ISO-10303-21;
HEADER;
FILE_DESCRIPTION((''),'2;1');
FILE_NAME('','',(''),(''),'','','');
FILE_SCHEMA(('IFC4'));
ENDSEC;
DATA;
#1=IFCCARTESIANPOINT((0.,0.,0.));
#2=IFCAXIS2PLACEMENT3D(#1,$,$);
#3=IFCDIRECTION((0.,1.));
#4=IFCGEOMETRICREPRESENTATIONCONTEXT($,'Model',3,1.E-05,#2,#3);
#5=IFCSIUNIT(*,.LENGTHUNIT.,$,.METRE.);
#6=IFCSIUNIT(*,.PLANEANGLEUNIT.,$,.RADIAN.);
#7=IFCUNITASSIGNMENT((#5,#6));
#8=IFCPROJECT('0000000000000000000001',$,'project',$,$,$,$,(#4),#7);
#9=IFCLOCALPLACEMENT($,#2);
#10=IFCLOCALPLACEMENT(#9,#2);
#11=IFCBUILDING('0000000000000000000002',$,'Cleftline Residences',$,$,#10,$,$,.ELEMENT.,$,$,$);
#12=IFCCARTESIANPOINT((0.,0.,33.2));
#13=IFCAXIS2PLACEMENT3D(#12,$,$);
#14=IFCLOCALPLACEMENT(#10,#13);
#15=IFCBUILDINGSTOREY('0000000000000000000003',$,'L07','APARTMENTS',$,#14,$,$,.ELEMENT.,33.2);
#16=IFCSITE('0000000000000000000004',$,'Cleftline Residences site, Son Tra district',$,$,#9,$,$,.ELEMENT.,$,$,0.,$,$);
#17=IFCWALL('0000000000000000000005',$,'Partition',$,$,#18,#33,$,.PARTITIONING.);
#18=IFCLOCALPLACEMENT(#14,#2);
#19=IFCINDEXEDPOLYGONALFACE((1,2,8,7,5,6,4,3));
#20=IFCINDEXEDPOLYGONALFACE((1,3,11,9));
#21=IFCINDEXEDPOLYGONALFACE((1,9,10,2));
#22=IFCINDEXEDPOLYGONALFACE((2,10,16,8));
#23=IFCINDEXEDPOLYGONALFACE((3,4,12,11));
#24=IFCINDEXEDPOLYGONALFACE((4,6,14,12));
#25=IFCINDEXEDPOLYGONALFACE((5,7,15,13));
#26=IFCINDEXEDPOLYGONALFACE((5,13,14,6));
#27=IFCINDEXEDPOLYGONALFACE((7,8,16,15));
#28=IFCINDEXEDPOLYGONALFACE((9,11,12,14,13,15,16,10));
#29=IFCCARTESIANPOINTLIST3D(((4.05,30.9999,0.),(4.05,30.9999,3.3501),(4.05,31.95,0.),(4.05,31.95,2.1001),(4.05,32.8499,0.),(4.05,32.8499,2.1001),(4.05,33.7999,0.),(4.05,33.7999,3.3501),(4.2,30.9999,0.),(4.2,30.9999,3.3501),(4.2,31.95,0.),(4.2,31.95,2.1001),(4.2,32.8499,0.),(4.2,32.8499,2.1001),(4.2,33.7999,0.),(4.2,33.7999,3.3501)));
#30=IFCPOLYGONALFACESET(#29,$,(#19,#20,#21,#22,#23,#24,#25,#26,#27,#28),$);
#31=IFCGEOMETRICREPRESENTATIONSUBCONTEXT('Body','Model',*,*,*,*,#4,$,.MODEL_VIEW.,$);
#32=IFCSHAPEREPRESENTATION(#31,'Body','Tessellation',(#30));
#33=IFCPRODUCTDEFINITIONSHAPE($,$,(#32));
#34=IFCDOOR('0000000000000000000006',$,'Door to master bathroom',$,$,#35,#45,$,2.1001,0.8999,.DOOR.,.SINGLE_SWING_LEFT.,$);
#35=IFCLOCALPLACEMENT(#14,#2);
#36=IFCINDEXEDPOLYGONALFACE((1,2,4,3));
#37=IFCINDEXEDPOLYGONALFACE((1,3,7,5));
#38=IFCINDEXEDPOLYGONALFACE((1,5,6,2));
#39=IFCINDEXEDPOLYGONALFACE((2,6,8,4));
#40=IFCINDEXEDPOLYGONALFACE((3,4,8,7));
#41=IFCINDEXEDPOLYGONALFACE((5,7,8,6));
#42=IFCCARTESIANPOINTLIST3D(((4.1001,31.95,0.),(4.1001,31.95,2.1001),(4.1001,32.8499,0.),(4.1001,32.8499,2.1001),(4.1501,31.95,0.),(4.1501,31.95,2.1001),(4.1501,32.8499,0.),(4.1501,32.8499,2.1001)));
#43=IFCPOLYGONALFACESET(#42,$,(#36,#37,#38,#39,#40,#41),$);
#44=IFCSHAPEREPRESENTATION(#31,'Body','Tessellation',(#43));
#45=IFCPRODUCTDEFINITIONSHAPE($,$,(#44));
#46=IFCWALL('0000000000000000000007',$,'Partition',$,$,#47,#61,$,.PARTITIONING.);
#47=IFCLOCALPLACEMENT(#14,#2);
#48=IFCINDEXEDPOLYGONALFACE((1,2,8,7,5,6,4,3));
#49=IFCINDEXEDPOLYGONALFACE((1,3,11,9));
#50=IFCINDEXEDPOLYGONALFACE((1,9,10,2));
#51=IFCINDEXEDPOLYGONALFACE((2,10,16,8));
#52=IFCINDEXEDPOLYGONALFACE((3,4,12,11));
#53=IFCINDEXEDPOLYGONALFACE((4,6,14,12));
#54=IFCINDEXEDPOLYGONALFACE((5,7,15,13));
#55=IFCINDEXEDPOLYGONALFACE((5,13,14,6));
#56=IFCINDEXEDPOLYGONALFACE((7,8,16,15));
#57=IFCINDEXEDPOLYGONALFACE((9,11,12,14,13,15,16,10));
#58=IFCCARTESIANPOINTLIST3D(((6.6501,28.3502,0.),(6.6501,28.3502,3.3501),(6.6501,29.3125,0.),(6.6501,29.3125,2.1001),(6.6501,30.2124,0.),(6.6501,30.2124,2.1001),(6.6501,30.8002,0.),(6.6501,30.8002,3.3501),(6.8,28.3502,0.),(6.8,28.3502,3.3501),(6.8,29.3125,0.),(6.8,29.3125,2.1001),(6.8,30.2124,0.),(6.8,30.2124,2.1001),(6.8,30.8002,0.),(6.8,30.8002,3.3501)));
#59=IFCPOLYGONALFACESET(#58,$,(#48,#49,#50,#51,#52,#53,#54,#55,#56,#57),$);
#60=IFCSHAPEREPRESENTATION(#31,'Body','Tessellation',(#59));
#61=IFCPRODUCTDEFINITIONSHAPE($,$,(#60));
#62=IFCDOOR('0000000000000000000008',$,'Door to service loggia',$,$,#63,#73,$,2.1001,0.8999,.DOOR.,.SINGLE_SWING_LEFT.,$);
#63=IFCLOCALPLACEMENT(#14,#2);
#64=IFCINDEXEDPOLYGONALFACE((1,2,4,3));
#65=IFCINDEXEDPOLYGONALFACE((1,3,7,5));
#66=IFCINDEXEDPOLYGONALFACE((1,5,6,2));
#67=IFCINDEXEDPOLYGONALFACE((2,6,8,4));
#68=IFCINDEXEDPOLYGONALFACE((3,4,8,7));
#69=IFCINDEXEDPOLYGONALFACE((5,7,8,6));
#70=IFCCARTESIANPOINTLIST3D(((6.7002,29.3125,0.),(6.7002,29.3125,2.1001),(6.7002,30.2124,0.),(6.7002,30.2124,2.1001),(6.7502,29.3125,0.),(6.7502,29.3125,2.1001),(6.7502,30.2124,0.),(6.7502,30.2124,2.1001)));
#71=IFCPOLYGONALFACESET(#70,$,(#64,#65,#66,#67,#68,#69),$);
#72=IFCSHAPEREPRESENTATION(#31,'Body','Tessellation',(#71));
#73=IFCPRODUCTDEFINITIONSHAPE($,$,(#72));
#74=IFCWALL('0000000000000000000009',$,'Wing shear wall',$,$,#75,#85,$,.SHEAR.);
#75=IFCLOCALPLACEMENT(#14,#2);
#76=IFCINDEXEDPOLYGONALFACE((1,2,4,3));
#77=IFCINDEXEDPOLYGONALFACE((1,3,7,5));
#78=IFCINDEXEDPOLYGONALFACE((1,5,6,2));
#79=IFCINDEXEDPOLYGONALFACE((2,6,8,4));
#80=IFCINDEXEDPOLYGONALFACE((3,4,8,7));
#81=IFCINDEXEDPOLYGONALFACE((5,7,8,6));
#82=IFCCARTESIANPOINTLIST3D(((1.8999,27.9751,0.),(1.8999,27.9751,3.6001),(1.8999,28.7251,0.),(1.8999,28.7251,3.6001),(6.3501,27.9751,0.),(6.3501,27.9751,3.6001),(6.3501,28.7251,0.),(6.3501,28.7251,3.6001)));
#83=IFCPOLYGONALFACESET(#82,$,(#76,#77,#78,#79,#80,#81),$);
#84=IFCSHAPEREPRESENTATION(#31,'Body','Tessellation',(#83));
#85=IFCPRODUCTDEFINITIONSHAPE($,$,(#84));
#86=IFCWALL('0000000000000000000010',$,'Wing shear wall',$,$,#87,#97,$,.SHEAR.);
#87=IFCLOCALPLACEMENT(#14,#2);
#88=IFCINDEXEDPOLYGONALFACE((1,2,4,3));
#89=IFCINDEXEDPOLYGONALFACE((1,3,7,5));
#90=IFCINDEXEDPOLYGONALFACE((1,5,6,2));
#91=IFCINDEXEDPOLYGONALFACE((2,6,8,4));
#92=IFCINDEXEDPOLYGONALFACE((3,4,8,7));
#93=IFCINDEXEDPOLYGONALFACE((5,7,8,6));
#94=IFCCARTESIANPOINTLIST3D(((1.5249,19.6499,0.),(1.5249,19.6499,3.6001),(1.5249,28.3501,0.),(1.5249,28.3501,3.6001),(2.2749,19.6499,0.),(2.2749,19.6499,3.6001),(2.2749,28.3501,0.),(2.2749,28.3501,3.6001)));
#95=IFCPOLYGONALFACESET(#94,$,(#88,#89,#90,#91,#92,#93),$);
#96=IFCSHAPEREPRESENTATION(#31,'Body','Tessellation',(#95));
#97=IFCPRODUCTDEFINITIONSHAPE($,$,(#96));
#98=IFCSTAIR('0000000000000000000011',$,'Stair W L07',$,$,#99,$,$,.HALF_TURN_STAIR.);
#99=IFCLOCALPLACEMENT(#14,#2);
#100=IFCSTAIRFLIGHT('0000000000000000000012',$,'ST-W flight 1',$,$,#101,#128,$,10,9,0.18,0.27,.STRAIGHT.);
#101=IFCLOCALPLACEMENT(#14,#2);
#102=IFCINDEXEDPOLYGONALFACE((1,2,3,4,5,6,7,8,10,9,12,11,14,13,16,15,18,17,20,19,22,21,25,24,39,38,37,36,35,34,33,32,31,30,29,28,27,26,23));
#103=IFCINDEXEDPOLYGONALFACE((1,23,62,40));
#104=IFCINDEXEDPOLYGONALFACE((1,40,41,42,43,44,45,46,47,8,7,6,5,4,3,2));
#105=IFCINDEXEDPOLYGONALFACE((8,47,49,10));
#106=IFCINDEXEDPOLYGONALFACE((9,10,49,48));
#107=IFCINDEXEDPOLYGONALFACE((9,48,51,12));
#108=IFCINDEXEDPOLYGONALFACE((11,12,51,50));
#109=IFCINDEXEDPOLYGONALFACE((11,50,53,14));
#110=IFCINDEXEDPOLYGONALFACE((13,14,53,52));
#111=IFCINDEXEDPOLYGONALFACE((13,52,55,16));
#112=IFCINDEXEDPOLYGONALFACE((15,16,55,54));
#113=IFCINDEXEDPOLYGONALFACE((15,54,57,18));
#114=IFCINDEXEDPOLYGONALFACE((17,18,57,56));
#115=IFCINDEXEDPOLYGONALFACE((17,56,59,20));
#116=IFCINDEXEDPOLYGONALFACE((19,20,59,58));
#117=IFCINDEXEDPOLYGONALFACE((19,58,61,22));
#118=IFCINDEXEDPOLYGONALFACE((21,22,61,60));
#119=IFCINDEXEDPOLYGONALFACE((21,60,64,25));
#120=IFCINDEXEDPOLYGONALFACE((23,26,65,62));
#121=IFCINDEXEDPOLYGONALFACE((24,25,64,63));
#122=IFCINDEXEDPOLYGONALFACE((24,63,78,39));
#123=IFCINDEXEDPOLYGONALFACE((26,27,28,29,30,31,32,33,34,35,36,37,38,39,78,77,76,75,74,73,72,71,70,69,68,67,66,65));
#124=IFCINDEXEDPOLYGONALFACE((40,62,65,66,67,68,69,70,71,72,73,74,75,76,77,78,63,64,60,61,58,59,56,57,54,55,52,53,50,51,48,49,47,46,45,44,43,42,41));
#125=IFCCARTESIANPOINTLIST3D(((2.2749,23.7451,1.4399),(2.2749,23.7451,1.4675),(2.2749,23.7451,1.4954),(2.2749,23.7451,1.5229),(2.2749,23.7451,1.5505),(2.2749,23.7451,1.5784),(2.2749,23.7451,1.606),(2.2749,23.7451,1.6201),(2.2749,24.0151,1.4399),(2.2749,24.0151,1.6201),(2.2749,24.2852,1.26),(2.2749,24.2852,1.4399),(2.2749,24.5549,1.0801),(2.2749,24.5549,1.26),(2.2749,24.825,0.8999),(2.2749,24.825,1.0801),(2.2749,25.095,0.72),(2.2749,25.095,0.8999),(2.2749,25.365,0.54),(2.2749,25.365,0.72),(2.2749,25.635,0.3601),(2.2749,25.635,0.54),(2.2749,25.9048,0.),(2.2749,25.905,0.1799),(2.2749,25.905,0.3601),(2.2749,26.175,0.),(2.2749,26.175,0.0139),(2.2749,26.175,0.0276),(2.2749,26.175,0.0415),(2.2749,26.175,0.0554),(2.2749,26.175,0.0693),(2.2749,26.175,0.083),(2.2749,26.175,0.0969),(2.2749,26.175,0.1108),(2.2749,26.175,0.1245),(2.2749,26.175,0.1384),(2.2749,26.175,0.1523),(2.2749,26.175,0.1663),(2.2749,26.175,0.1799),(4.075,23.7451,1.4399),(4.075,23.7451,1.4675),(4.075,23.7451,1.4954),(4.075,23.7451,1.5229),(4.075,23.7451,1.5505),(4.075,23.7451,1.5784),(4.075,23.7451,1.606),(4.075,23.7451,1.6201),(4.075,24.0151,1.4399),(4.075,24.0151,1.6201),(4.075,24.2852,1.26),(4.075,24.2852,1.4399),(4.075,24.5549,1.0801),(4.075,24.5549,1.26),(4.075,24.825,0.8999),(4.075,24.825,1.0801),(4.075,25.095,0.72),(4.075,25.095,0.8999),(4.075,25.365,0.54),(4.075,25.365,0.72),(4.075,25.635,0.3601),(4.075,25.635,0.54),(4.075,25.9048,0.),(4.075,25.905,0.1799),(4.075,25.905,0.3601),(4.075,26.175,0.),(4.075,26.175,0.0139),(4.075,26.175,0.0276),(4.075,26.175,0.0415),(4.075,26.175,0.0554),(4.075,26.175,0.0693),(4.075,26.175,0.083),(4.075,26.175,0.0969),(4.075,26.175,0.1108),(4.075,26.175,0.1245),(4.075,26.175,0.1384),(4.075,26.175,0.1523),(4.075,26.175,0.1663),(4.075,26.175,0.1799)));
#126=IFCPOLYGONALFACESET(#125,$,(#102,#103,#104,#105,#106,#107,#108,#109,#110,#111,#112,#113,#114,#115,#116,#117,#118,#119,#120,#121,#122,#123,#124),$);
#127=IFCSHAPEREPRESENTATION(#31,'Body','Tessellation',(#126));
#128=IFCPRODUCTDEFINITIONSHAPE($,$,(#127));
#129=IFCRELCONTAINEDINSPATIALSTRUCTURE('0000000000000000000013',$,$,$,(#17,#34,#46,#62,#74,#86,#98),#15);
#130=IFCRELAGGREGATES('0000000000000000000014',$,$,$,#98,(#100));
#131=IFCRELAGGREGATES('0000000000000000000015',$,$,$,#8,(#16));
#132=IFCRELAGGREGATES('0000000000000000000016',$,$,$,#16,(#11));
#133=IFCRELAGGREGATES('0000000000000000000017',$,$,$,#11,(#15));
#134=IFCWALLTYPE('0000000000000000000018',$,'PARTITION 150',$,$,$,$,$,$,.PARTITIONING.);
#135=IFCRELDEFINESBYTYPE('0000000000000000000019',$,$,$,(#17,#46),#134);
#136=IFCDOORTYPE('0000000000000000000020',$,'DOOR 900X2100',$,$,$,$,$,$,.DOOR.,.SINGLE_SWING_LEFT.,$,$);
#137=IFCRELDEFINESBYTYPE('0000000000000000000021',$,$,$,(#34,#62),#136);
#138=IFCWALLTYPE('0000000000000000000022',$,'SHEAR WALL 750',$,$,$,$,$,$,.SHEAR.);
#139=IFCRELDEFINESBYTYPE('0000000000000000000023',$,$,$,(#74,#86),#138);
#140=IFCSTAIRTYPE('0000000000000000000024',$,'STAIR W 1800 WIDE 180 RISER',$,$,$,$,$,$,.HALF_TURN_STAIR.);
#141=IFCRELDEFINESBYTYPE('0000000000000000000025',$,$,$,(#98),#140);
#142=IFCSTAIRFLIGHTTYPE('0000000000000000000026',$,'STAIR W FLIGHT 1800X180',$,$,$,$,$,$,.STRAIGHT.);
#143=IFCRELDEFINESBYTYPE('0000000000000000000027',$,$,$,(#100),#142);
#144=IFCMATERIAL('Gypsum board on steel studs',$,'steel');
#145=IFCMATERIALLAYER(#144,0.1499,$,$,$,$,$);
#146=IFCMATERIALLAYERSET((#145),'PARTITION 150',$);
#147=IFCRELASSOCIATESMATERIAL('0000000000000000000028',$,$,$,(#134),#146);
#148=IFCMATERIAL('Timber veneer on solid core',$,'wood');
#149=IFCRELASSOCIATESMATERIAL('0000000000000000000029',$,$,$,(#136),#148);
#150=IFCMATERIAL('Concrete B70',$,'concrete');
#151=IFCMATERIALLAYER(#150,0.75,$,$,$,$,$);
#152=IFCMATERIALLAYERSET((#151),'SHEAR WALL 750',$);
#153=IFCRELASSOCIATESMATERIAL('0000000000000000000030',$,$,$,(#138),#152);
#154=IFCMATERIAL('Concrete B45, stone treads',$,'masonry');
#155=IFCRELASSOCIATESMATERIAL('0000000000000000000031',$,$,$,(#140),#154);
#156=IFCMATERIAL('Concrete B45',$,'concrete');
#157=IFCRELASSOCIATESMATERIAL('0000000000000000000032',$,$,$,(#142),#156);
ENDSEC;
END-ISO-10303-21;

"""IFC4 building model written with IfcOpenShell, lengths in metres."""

from ifc_helpers import new_model, si_unit, direction, frame, frame_2d, origin, place, context, subcontext, project, spatial, polyline, rectangle, outline, extrude, material, layer, layer_set, type_object, element, fill, aggregate, save


model = new_model("IFC4")

# Units and contexts
model_context = context("Model", 3, precision=1e-05, world=origin(), true_north=direction((0.0, 1.0)))
body_context = subcontext(model_context, "Body", "Model", "MODEL_VIEW")
ifc_project = project(units=[si_unit("LENGTHUNIT", "METRE"), si_unit("PLANEANGLEUNIT", "RADIAN")], contexts=[model_context])

# Site, building, storey
site_placement = place(None, origin())
site = spatial("IfcSite", under=ifc_project, at=site_placement, Name="Cleftline Residences site, Son Tra district", CompositionType="ELEMENT", RefElevation=0.0)
building_placement = place(site_placement, origin())
building = spatial("IfcBuilding", under=site, at=building_placement, Name="Cleftline Residences", CompositionType="ELEMENT")
storey_placement = place(building_placement, frame((0.0, 0.0, 33.2)))
storey = spatial("IfcBuildingStorey", under=building, at=storey_placement, Name="L07", Description="APARTMENTS", CompositionType="ELEMENT", Elevation=33.2)

# Shared definitions
ifc_material_1 = material(Name="Gypsum board on steel studs", Category="steel")
ifc_layer_1 = layer(ifc_material_1, 0.1499)
ifc_layer_set_1 = layer_set([ifc_layer_1], Name="PARTITION 150")
wall_type_1 = type_object("IfcWallType", Name="PARTITION 150", PredefinedType="PARTITIONING", material=ifc_layer_set_1)

# Walls, openings, doors
wall_1_placement = place(storey_placement, frame((4.125, 31.0, 0.0), z_axis=(0.0, 0.0, 1.0), x_axis=(0.0, 1.0, 0.0)))
wall_1 = element("IfcWall", 1, at=wall_1_placement, inside=storey, type_object=wall_type_1, Name="Partition", PredefinedType="PARTITIONING", context=body_context, shape_type="SweptSolid", body=[
    extrude(rectangle(XDim=2.8, YDim=0.1499, at=frame_2d((1.3999, 0.0))), origin(), (0.0, 0.0, 1.0), 3.3501),
])
opening_1_placement = place(wall_1_placement, frame((0.95, 0.0, 0.0)))
opening_1 = element("IfcOpeningElement", 2, at=opening_1_placement, cuts=wall_1, PredefinedType="OPENING", context=body_context, shape_type="SweptSolid", body=[
    extrude(rectangle(XDim=0.8999, YDim=2.1001, at=frame_2d((0.45, 1.05))), frame((0.0, 0.085, 0.0), z_axis=(0.0, -1.0, 0.0), x_axis=(1.0, 0.0, 0.0)), (0.0, 0.0, 1.0), 0.1699),
])
ifc_material_2 = material(Name="Timber veneer on solid core", Category="wood")
door_type_1 = type_object("IfcDoorType", Name="DOOR 900X2100", OperationType="SINGLE_SWING_LEFT", PredefinedType="DOOR", material=ifc_material_2)
door_1_placement = place(opening_1_placement, origin())
door_1 = element("IfcDoor", 3, at=door_1_placement, inside=storey, type_object=door_type_1, Name="Door to master bathroom", OperationType="SINGLE_SWING_LEFT", OverallHeight=2.1001, OverallWidth=0.8999, PredefinedType="DOOR", context=body_context, shape_type="SweptSolid", body=[
    extrude(rectangle(XDim=0.8999, YDim=2.1001, at=frame_2d((0.45, 1.05))), frame((0.0, 0.0249, 0.0), z_axis=(0.0, -1.0, 0.0), x_axis=(1.0, 0.0, 0.0)), (0.0, 0.0, 1.0), 0.05),
])
fill(opening_1, door_1)
wall_2_placement = place(storey_placement, frame((6.7251, 28.3501, 0.0), z_axis=(0.0, 0.0, 1.0), x_axis=(0.0, 1.0, 0.0)))
wall_2 = element("IfcWall", 4, at=wall_2_placement, inside=storey, type_object=wall_type_1, Name="Partition", PredefinedType="PARTITIONING", context=body_context, shape_type="SweptSolid", body=[
    extrude(rectangle(XDim=2.45, YDim=0.1499, at=frame_2d((1.2251, 0.0))), origin(), (0.0, 0.0, 1.0), 3.3501),
])
opening_2_placement = place(wall_2_placement, frame((0.9624, 0.0, 0.0)))
opening_2 = element("IfcOpeningElement", 5, at=opening_2_placement, cuts=wall_2, PredefinedType="OPENING", context=body_context, shape_type="SweptSolid", body=[
    extrude(rectangle(XDim=0.8999, YDim=2.1001, at=frame_2d((0.45, 1.05))), frame((0.0, 0.085, 0.0), z_axis=(0.0, -1.0, 0.0), x_axis=(1.0, 0.0, 0.0)), (0.0, 0.0, 1.0), 0.1699),
])
door_2_placement = place(opening_2_placement, origin())
door_2 = element("IfcDoor", 6, at=door_2_placement, inside=storey, type_object=door_type_1, Name="Door to service loggia", OperationType="SINGLE_SWING_LEFT", OverallHeight=2.1001, OverallWidth=0.8999, PredefinedType="DOOR", context=body_context, shape_type="SweptSolid", body=[
    extrude(rectangle(XDim=0.8999, YDim=2.1001, at=frame_2d((0.45, 1.05))), frame((0.0, 0.0249, 0.0), z_axis=(0.0, -1.0, 0.0), x_axis=(1.0, 0.0, 0.0)), (0.0, 0.0, 1.0), 0.05),
])
fill(opening_2, door_2)

# Walls
ifc_material_3 = material(Name="Concrete B70", Category="concrete")
ifc_layer_2 = layer(ifc_material_3, 0.75)
ifc_layer_set_2 = layer_set([ifc_layer_2], Name="SHEAR WALL 750")
wall_type_2 = type_object("IfcWallType", Name="SHEAR WALL 750", PredefinedType="SHEAR", material=ifc_layer_set_2)
wall_3_placement = place(storey_placement, frame((6.3501, 28.3501, 0.0), z_axis=(0.0, 0.0, 1.0), x_axis=(-1.0, 0.0, 0.0)))
element("IfcWall", 7, at=wall_3_placement, inside=storey, type_object=wall_type_2, Name="Wing shear wall", PredefinedType="SHEAR", context=body_context, shape_type="SweptSolid", body=[
    extrude(rectangle(XDim=4.4502, YDim=0.75, at=frame_2d((2.2251, 0.0))), origin(), (0.0, 0.0, 1.0), 3.6001),
])
wall_4_placement = place(storey_placement, frame((1.8999, 28.3501, 0.0), z_axis=(0.0, 0.0, 1.0), x_axis=(0.0, -1.0, 0.0)))
element("IfcWall", 8, at=wall_4_placement, inside=storey, type_object=wall_type_2, Name="Wing shear wall", PredefinedType="SHEAR", context=body_context, shape_type="SweptSolid", body=[
    extrude(rectangle(XDim=8.7002, YDim=0.75, at=frame_2d((4.3501, 0.0))), origin(), (0.0, 0.0, 1.0), 3.6001),
])

# Stair, stair flight
ifc_material_4 = material(Name="Concrete B45, stone treads", Category="masonry")
stair_type = type_object("IfcStairType", Name="STAIR W 1800 WIDE 180 RISER", PredefinedType="HALF_TURN_STAIR", material=ifc_material_4)
stair_placement = place(storey_placement, origin())
stair = element("IfcStair", 9, at=stair_placement, inside=storey, type_object=stair_type, Name="Stair W L07", PredefinedType="HALF_TURN_STAIR")
ifc_material_5 = material(Name="Concrete B45", Category="concrete")
stair_flight_type = type_object("IfcStairFlightType", Name="STAIR W FLIGHT 1800X180", PredefinedType="STRAIGHT", material=ifc_material_5)
stair_flight_1_placement = place(storey_placement, frame((3.175, 26.175, 0.0), z_axis=(0.0, 0.0, 1.0), x_axis=(0.0, -1.0, 0.0)))
stair_flight_1 = element("IfcStairFlight", 10, at=stair_flight_1_placement, type_object=stair_flight_type, Name="ST-W flight 1", NumberOfRisers=10, NumberOfTreads=9, PredefinedType="STRAIGHT", RiserHeight=0.18, TreadLength=0.27, context=body_context, shape_type="SweptSolid", body=[
    extrude(outline(polyline([(0.0, 0.0), (0.0, 0.0139), (0.0, 0.0276), (0.0, 0.0415), (0.0, 0.0554), (0.0, 0.0693), (0.0, 0.083), (0.0, 0.0969), (0.0, 0.1108), (0.0, 0.1245), (0.0, 0.1384), (0.0, 0.1523), (0.0, 0.1663), (0.0, 0.1799), (0.27, 0.1799), (0.27, 0.3601), (0.54, 0.3601), (0.54, 0.54), (0.8101, 0.54), (0.8101, 0.72), (1.0801, 0.72), (1.0801, 0.8999), (1.3501, 0.8999), (1.3501, 1.0801), (1.6201, 1.0801), (1.6201, 1.26), (1.8899, 1.26), (1.8899, 1.4399), (2.1599, 1.4399), (2.1599, 1.6201), (2.4299, 1.6201), (2.4299, 1.8), (2.4299, 1.7722), (2.4299, 1.7446), (2.4299, 1.7168), (2.4299, 1.6892), (2.4299, 1.6614), (2.4299, 1.6338), (2.4299, 1.606), (2.4299, 1.5784), (2.4299, 1.5505), (2.4299, 1.5229), (2.4299, 1.4954), (2.4299, 1.4675), (2.4299, 1.4399), (0.2703, 0.0), (0.0, 0.0)])), frame((0.0, 0.8999, 0.0), z_axis=(0.0, -1.0, 0.0), x_axis=(1.0, 0.0, 0.0)), (0.0, 0.0, 1.0), 1.8),
])
aggregate(stair, [stair_flight_1])

save(model, "model.ifc")
